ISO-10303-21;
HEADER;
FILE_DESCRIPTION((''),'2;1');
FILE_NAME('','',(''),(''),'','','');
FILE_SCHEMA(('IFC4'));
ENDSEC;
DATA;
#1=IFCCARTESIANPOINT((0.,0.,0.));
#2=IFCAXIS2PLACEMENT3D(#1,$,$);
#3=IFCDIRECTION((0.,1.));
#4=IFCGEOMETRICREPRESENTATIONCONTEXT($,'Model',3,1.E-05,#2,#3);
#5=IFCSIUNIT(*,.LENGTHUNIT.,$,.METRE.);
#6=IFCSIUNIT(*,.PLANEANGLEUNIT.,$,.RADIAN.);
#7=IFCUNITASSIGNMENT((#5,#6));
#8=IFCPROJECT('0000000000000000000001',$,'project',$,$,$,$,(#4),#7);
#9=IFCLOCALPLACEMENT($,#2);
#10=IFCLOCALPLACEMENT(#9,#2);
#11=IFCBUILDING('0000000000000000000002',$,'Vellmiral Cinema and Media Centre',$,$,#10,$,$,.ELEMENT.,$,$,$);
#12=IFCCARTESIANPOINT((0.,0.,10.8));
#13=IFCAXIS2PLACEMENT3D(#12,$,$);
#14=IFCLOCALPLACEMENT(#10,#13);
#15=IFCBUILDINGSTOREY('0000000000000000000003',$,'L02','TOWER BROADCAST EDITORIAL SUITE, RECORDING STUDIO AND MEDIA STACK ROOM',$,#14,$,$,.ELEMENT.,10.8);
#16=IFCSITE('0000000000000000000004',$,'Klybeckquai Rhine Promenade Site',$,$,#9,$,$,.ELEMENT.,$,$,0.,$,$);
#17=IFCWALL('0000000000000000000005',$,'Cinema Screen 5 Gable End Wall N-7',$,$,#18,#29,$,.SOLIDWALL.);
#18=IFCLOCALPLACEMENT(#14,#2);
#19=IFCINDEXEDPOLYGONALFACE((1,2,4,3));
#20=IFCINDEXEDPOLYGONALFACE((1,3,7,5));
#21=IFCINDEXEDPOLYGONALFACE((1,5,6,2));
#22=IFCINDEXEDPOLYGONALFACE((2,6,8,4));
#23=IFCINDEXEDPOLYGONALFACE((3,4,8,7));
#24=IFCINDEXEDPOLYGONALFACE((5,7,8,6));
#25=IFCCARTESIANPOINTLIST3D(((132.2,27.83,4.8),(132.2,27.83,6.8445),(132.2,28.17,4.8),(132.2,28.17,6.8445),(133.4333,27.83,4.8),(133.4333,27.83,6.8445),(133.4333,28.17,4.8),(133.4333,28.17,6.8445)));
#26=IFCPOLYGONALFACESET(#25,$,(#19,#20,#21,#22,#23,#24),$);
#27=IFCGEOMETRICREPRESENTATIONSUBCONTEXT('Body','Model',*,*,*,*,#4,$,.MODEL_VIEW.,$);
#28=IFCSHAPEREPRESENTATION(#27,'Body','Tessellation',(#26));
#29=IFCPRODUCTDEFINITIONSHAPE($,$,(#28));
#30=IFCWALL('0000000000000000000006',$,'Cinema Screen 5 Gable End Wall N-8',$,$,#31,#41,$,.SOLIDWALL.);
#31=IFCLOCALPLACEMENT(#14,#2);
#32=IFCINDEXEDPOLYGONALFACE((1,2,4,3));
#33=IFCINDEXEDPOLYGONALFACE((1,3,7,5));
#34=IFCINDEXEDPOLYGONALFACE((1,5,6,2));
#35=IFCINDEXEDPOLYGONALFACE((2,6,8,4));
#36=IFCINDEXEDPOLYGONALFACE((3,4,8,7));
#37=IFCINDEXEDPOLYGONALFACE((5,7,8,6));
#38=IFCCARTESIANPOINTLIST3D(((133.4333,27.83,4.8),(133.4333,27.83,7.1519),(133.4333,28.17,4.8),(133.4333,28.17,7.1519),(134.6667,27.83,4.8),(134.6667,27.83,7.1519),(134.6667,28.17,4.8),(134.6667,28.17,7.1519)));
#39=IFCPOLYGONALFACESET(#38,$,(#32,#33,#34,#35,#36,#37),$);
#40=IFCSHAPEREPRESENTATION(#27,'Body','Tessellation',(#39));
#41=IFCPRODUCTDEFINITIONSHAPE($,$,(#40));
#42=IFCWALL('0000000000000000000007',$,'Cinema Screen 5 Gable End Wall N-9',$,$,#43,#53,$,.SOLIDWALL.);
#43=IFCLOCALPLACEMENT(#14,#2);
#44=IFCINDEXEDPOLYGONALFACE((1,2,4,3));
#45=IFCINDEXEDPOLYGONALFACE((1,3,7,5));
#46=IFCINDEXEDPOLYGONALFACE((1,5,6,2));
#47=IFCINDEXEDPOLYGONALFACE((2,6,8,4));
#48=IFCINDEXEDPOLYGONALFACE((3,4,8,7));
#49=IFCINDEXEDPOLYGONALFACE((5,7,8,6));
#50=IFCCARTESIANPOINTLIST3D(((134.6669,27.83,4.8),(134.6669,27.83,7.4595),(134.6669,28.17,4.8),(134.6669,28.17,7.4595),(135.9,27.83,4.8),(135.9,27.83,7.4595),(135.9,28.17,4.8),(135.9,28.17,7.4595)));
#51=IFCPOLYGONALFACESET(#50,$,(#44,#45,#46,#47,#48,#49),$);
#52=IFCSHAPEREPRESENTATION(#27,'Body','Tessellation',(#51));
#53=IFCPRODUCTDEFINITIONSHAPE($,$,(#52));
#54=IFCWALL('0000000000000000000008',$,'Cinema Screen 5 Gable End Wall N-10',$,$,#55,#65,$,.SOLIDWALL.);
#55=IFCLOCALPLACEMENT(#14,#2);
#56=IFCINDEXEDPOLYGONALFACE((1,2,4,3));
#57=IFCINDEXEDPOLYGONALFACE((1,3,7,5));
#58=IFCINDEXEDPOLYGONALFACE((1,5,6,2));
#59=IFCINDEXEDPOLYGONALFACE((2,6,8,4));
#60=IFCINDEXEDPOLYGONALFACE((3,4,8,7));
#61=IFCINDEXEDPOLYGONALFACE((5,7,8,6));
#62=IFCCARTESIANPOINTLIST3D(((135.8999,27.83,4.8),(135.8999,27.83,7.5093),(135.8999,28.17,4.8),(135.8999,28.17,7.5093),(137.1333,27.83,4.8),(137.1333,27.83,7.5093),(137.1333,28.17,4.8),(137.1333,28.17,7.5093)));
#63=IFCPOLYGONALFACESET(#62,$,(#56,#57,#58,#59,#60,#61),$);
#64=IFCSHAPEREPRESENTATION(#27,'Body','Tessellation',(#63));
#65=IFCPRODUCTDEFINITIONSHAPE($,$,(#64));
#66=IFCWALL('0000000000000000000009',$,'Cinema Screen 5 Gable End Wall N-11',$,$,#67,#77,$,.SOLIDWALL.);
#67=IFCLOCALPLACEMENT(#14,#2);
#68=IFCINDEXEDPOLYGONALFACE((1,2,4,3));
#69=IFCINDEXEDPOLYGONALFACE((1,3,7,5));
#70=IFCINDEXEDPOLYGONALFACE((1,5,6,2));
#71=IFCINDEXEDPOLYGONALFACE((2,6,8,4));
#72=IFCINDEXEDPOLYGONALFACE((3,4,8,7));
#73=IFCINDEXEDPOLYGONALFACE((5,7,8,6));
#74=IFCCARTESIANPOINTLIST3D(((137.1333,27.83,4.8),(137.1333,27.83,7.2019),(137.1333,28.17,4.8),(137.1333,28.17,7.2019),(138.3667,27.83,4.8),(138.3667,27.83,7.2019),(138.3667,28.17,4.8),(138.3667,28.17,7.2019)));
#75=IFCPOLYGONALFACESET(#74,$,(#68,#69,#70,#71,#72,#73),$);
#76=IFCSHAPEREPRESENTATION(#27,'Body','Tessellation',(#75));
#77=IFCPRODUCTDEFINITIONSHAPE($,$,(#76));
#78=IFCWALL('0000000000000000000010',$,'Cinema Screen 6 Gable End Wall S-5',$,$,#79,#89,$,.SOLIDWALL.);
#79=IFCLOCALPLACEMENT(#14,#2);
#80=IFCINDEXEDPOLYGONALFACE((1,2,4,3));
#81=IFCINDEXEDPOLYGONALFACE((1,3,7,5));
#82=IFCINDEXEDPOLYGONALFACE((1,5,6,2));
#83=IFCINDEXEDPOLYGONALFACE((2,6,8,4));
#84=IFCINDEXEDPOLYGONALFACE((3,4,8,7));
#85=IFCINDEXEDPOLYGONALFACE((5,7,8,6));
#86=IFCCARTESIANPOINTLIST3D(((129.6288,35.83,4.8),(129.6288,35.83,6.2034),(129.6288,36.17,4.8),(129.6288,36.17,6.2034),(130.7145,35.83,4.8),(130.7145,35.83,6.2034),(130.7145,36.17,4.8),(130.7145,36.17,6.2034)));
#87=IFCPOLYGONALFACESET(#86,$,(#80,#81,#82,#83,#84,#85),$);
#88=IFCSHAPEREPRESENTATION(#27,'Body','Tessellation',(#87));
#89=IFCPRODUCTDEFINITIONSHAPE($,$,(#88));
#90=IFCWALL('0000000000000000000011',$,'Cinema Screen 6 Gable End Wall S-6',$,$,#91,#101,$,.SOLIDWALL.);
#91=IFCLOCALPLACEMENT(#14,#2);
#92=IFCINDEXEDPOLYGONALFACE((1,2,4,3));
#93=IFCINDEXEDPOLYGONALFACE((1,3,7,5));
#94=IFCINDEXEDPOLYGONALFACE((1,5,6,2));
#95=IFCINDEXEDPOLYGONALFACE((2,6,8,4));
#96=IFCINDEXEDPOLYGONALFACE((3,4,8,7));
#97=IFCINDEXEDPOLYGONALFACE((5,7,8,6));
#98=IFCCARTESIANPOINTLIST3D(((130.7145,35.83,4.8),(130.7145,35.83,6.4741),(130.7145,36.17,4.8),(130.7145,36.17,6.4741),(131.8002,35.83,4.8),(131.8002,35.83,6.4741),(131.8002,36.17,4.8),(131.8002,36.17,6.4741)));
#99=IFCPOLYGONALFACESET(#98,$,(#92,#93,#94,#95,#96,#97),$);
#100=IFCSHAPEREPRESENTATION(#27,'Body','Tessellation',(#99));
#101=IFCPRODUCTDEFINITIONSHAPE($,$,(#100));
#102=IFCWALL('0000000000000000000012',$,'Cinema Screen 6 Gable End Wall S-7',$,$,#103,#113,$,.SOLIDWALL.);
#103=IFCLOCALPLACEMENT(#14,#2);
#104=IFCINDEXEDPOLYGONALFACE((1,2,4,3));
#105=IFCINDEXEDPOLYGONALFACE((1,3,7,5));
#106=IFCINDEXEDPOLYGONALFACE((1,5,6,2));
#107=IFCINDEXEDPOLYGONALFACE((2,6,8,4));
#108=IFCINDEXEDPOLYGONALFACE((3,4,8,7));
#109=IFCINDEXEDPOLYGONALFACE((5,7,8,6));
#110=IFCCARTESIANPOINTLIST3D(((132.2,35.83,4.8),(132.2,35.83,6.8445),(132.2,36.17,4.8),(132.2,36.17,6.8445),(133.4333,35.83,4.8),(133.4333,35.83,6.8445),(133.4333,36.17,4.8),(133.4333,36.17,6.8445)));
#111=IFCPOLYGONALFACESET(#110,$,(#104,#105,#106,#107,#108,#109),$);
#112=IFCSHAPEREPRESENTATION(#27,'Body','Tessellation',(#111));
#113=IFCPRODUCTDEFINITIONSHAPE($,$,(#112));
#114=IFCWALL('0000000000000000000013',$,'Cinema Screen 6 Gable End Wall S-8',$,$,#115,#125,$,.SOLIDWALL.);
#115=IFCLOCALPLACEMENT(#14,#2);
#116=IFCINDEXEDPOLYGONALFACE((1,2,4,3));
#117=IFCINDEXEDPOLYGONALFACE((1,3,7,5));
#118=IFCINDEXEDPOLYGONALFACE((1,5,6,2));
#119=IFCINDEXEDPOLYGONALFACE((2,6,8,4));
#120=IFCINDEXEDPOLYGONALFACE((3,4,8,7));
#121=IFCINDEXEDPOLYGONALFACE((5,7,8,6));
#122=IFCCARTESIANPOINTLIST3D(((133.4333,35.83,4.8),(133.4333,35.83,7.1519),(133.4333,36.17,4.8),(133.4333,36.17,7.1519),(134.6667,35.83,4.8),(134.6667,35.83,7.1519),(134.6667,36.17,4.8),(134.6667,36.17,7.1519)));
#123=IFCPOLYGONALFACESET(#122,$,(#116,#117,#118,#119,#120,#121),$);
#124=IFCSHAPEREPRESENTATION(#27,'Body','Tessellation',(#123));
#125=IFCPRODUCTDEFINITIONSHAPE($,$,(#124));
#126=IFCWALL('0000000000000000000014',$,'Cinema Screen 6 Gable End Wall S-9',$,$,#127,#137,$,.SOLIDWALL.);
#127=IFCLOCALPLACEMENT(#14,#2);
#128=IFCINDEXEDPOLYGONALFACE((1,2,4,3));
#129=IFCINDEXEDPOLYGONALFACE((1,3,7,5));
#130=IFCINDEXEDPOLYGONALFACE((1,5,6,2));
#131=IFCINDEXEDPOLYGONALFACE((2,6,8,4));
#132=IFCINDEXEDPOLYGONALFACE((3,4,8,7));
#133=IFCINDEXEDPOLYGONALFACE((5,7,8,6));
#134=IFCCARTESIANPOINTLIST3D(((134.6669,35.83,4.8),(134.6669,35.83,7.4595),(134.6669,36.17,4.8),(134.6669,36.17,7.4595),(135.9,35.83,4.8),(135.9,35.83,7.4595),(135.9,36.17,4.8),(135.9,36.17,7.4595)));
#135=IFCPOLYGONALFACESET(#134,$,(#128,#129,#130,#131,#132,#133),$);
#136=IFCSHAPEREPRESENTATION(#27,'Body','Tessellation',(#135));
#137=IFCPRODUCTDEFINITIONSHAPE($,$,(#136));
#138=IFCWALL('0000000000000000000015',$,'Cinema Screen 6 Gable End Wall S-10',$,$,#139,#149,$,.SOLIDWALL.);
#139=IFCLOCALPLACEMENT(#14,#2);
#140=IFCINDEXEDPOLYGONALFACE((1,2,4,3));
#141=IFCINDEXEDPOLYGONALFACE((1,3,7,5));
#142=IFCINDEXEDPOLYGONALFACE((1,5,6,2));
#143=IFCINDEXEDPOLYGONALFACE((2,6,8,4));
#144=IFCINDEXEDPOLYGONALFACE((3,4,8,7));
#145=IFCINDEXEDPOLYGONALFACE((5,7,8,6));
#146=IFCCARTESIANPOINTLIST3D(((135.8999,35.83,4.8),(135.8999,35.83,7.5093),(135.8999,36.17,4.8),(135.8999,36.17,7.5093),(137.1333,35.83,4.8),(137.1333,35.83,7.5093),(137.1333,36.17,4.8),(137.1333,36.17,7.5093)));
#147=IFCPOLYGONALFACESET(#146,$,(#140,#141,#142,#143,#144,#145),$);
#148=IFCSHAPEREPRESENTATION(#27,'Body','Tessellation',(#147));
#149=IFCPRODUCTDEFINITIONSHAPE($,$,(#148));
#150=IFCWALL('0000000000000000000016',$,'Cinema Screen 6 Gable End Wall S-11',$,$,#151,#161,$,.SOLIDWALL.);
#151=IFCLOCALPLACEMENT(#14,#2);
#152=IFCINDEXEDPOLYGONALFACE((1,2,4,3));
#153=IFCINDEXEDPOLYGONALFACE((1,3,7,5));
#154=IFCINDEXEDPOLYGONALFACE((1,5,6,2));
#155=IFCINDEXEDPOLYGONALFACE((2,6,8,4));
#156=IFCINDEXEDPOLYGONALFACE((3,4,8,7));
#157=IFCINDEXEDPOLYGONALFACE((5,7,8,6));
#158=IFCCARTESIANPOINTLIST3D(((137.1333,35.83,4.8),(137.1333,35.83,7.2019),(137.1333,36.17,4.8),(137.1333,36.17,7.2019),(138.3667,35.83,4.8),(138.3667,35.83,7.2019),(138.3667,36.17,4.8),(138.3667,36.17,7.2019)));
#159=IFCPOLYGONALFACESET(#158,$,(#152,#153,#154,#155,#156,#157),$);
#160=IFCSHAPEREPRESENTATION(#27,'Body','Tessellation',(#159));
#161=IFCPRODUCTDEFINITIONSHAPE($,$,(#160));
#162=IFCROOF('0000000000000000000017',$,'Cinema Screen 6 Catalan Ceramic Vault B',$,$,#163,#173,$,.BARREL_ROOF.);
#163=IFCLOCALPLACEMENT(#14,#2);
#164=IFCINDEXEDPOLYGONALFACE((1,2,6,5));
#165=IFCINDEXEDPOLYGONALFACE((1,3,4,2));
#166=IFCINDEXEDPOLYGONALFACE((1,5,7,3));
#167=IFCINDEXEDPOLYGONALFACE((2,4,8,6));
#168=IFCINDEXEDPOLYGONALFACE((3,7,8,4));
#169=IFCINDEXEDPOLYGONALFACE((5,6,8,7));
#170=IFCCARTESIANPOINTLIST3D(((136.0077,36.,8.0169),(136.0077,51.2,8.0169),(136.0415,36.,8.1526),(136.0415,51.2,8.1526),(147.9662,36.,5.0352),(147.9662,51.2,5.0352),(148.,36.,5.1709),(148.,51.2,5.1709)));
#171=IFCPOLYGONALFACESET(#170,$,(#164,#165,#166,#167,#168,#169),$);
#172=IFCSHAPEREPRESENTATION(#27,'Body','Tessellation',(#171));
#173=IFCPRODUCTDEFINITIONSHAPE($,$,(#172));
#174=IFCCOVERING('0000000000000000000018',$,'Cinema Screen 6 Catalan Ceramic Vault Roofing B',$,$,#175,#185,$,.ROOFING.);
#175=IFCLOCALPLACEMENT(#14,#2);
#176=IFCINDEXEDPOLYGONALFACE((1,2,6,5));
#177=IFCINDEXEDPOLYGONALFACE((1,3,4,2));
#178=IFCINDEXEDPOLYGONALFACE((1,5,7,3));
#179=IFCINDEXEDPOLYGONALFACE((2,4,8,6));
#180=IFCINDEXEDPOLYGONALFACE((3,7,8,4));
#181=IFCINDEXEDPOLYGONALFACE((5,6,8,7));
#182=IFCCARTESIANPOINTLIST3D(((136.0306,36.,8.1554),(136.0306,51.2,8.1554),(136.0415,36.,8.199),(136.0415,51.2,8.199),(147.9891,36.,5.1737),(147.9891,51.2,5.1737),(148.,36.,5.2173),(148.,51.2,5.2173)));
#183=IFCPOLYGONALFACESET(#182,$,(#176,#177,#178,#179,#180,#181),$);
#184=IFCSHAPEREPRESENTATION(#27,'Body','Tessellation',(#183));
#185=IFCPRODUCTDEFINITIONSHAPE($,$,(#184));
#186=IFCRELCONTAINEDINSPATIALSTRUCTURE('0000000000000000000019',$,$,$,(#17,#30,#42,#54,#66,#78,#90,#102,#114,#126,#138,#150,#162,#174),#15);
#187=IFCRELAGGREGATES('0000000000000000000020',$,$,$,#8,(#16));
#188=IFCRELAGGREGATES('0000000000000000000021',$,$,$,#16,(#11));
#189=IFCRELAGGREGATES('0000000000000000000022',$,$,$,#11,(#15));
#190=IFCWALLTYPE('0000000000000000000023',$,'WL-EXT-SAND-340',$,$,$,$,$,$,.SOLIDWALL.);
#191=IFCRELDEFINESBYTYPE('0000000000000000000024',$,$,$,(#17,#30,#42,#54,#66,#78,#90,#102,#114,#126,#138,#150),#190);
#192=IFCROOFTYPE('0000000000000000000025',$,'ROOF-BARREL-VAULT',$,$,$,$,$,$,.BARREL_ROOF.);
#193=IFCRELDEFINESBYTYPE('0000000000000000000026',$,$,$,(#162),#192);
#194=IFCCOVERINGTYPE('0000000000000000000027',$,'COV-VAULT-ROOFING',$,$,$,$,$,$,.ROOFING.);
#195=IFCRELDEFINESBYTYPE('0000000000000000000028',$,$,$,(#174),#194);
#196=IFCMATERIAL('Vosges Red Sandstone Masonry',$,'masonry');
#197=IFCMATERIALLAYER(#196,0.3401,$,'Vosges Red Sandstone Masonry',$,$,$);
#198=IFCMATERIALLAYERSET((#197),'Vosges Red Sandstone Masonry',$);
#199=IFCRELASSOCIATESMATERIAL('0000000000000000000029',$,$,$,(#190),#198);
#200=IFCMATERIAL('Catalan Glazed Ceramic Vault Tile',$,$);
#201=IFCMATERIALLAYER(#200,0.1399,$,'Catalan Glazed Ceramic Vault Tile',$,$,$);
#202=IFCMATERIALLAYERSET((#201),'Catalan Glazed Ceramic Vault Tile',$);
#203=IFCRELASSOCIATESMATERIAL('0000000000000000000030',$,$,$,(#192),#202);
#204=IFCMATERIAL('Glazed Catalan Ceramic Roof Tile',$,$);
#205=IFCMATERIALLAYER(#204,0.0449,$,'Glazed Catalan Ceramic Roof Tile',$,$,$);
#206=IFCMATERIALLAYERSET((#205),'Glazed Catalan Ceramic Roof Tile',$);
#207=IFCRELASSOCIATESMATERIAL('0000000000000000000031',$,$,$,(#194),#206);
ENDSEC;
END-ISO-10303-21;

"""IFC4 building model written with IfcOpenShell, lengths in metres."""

from ifc_helpers import new_model, si_unit, direction, frame, frame_2d, origin, place, context, subcontext, project, spatial, polyline, rectangle, outline, extrude, material, layer, layer_set, type_object, element, save


model = new_model("IFC4")

# Units and contexts
model_context = context("Model", 3, precision=1e-05, world=origin(), true_north=direction((0.0, 1.0)))
body_context = subcontext(model_context, "Body", "Model", "MODEL_VIEW")
ifc_project = project(units=[si_unit("LENGTHUNIT", "METRE"), si_unit("PLANEANGLEUNIT", "RADIAN")], contexts=[model_context])

# Site, building, storey
site_placement = place(None, origin())
site = spatial("IfcSite", under=ifc_project, at=site_placement, Name="Klybeckquai Rhine Promenade Site", CompositionType="ELEMENT", RefElevation=0.0)
building_placement = place(site_placement, origin())
building = spatial("IfcBuilding", under=site, at=building_placement, Name="Vellmiral Cinema and Media Centre", CompositionType="ELEMENT")
storey_placement = place(building_placement, frame((0.0, 0.0, 10.8)))
storey = spatial("IfcBuildingStorey", under=building, at=storey_placement, Name="L02", Description="TOWER BROADCAST EDITORIAL SUITE, RECORDING STUDIO AND MEDIA STACK ROOM", CompositionType="ELEMENT", Elevation=10.8)

# Walls
ifc_material_1 = material(Name="Vosges Red Sandstone Masonry", Category="masonry")
ifc_layer_1 = layer(ifc_material_1, 0.3401, Name="Vosges Red Sandstone Masonry")
ifc_layer_set_1 = layer_set([ifc_layer_1], Name="Vosges Red Sandstone Masonry")
wall_type = type_object("IfcWallType", Name="WL-EXT-SAND-340", PredefinedType="SOLIDWALL", material=ifc_layer_set_1)
wall_1_placement = place(storey_placement, frame((132.2, 28.0, 4.8), z_axis=(0.0, 0.0, 1.0), x_axis=(1.0, 0.0, 0.0)))
element("IfcWall", 1, at=wall_1_placement, inside=storey, type_object=wall_type, Name="Cinema Screen 5 Gable End Wall N-7", PredefinedType="SOLIDWALL", context=body_context, shape_type="SweptSolid", body=[
    extrude(rectangle(XDim=1.2334, YDim=0.3401, at=frame_2d((0.6167, 0.0))), origin(), (0.0, 0.0, 1.0), 2.0444),
])
wall_2_placement = place(storey_placement, frame((133.4333, 28.0, 4.8), z_axis=(0.0, 0.0, 1.0), x_axis=(1.0, 0.0, 0.0)))
element("IfcWall", 2, at=wall_2_placement, inside=storey, type_object=wall_type, Name="Cinema Screen 5 Gable End Wall N-8", PredefinedType="SOLIDWALL", context=body_context, shape_type="SweptSolid", body=[
    extrude(rectangle(XDim=1.2334, YDim=0.3401, at=frame_2d((0.6167, 0.0))), origin(), (0.0, 0.0, 1.0), 2.3518),
])
wall_3_placement = place(storey_placement, frame((134.6667, 28.0, 4.8), z_axis=(0.0, 0.0, 1.0), x_axis=(1.0, 0.0, 0.0)))
element("IfcWall", 3, at=wall_3_placement, inside=storey, type_object=wall_type, Name="Cinema Screen 5 Gable End Wall N-9", PredefinedType="SOLIDWALL", context=body_context, shape_type="SweptSolid", body=[
    extrude(rectangle(XDim=1.2332, YDim=0.3401, at=frame_2d((0.6167, 0.0))), origin(), (0.0, 0.0, 1.0), 2.6594),
])
wall_4_placement = place(storey_placement, frame((135.8999, 28.0, 4.8), z_axis=(0.0, 0.0, 1.0), x_axis=(1.0, 0.0, 0.0)))
element("IfcWall", 4, at=wall_4_placement, inside=storey, type_object=wall_type, Name="Cinema Screen 5 Gable End Wall N-10", PredefinedType="SOLIDWALL", context=body_context, shape_type="SweptSolid", body=[
    extrude(rectangle(XDim=1.2334, YDim=0.3401, at=frame_2d((0.6167, 0.0))), origin(), (0.0, 0.0, 1.0), 2.7092),
])
wall_5_placement = place(storey_placement, frame((137.1333, 28.0, 4.8), z_axis=(0.0, 0.0, 1.0), x_axis=(1.0, 0.0, 0.0)))
element("IfcWall", 5, at=wall_5_placement, inside=storey, type_object=wall_type, Name="Cinema Screen 5 Gable End Wall N-11", PredefinedType="SOLIDWALL", context=body_context, shape_type="SweptSolid", body=[
    extrude(rectangle(XDim=1.2334, YDim=0.3401, at=frame_2d((0.6167, 0.0))), origin(), (0.0, 0.0, 1.0), 2.4019),
])
wall_6_placement = place(storey_placement, frame((129.6287, 36.0, 4.8), z_axis=(0.0, 0.0, 1.0), x_axis=(1.0, 0.0, 0.0)))
element("IfcWall", 6, at=wall_6_placement, inside=storey, type_object=wall_type, Name="Cinema Screen 6 Gable End Wall S-5", PredefinedType="SOLIDWALL", context=body_context, shape_type="SweptSolid", body=[
    extrude(rectangle(XDim=1.0857, YDim=0.3401, at=frame_2d((0.543, 0.0))), origin(), (0.0, 0.0, 1.0), 1.4033),
])
wall_7_placement = place(storey_placement, frame((130.7144, 36.0, 4.8), z_axis=(0.0, 0.0, 1.0), x_axis=(1.0, 0.0, 0.0)))
element("IfcWall", 7, at=wall_7_placement, inside=storey, type_object=wall_type, Name="Cinema Screen 6 Gable End Wall S-6", PredefinedType="SOLIDWALL", context=body_context, shape_type="SweptSolid", body=[
    extrude(rectangle(XDim=1.0857, YDim=0.3401, at=frame_2d((0.543, 0.0))), origin(), (0.0, 0.0, 1.0), 1.6741),
])
wall_8_placement = place(storey_placement, frame((132.2, 36.0, 4.8), z_axis=(0.0, 0.0, 1.0), x_axis=(1.0, 0.0, 0.0)))
element("IfcWall", 8, at=wall_8_placement, inside=storey, type_object=wall_type, Name="Cinema Screen 6 Gable End Wall S-7", PredefinedType="SOLIDWALL", context=body_context, shape_type="SweptSolid", body=[
    extrude(rectangle(XDim=1.2334, YDim=0.3401, at=frame_2d((0.6167, 0.0))), origin(), (0.0, 0.0, 1.0), 2.0444),
])
wall_9_placement = place(storey_placement, frame((133.4333, 36.0, 4.8), z_axis=(0.0, 0.0, 1.0), x_axis=(1.0, 0.0, 0.0)))
element("IfcWall", 9, at=wall_9_placement, inside=storey, type_object=wall_type, Name="Cinema Screen 6 Gable End Wall S-8", PredefinedType="SOLIDWALL", context=body_context, shape_type="SweptSolid", body=[
    extrude(rectangle(XDim=1.2334, YDim=0.3401, at=frame_2d((0.6167, 0.0))), origin(), (0.0, 0.0, 1.0), 2.3518),
])
wall_10_placement = place(storey_placement, frame((134.6667, 36.0, 4.8), z_axis=(0.0, 0.0, 1.0), x_axis=(1.0, 0.0, 0.0)))
element("IfcWall", 10, at=wall_10_placement, inside=storey, type_object=wall_type, Name="Cinema Screen 6 Gable End Wall S-9", PredefinedType="SOLIDWALL", context=body_context, shape_type="SweptSolid", body=[
    extrude(rectangle(XDim=1.2332, YDim=0.3401, at=frame_2d((0.6167, 0.0))), origin(), (0.0, 0.0, 1.0), 2.6594),
])
wall_11_placement = place(storey_placement, frame((135.8999, 36.0, 4.8), z_axis=(0.0, 0.0, 1.0), x_axis=(1.0, 0.0, 0.0)))
element("IfcWall", 11, at=wall_11_placement, inside=storey, type_object=wall_type, Name="Cinema Screen 6 Gable End Wall S-10", PredefinedType="SOLIDWALL", context=body_context, shape_type="SweptSolid", body=[
    extrude(rectangle(XDim=1.2334, YDim=0.3401, at=frame_2d((0.6167, 0.0))), origin(), (0.0, 0.0, 1.0), 2.7092),
])
wall_12_placement = place(storey_placement, frame((137.1333, 36.0, 4.8), z_axis=(0.0, 0.0, 1.0), x_axis=(1.0, 0.0, 0.0)))
element("IfcWall", 12, at=wall_12_placement, inside=storey, type_object=wall_type, Name="Cinema Screen 6 Gable End Wall S-11", PredefinedType="SOLIDWALL", context=body_context, shape_type="SweptSolid", body=[
    extrude(rectangle(XDim=1.2334, YDim=0.3401, at=frame_2d((0.6167, 0.0))), origin(), (0.0, 0.0, 1.0), 2.4019),
])

# Roof
ifc_material_2 = material(Name="Catalan Glazed Ceramic Vault Tile")
ifc_layer_2 = layer(ifc_material_2, 0.1399, Name="Catalan Glazed Ceramic Vault Tile")
ifc_layer_set_2 = layer_set([ifc_layer_2], Name="Catalan Glazed Ceramic Vault Tile")
roof_type = type_object("IfcRoofType", Name="ROOF-BARREL-VAULT", PredefinedType="BARREL_ROOF", material=ifc_layer_set_2)
roof_placement = place(storey_placement, frame((136.0415, 36.0, 8.1526), z_axis=(0.24193, 0.0, 0.970294), x_axis=(0.970294, 0.0, -0.24193)))
element("IfcRoof", 13, at=roof_placement, inside=storey, type_object=roof_type, Name="Cinema Screen 6 Catalan Ceramic Vault B", PredefinedType="BARREL_ROOF", context=body_context, shape_type="SweptSolid", body=[
    extrude(outline(polyline([(0.0, 0.0), (12.3246, 0.0), (12.3246, 15.2), (0.0, 15.2), (0.0, 0.0)])), origin(), (0.0, 0.0, -1.0), 0.1399),
])

# Covering
ifc_material_3 = material(Name="Glazed Catalan Ceramic Roof Tile")
ifc_layer_3 = layer(ifc_material_3, 0.0449, Name="Glazed Catalan Ceramic Roof Tile")
ifc_layer_set_3 = layer_set([ifc_layer_3], Name="Glazed Catalan Ceramic Roof Tile")
covering_type = type_object("IfcCoveringType", Name="COV-VAULT-ROOFING", PredefinedType="ROOFING", material=ifc_layer_set_3)
covering_placement = place(storey_placement, frame((136.0415, 36.0, 8.199), z_axis=(0.24193, 0.0, 0.970294), x_axis=(0.970294, 0.0, -0.24193)))
element("IfcCovering", 14, at=covering_placement, inside=storey, type_object=covering_type, Name="Cinema Screen 6 Catalan Ceramic Vault Roofing B", PredefinedType="ROOFING", context=body_context, shape_type="SweptSolid", body=[
    extrude(outline(polyline([(0.0, 0.0), (12.3246, 0.0), (12.3246, 15.2), (0.0, 15.2), (0.0, 0.0)])), origin(), (0.0, 0.0, -1.0), 0.0449),
])

save(model, "model.ifc")
